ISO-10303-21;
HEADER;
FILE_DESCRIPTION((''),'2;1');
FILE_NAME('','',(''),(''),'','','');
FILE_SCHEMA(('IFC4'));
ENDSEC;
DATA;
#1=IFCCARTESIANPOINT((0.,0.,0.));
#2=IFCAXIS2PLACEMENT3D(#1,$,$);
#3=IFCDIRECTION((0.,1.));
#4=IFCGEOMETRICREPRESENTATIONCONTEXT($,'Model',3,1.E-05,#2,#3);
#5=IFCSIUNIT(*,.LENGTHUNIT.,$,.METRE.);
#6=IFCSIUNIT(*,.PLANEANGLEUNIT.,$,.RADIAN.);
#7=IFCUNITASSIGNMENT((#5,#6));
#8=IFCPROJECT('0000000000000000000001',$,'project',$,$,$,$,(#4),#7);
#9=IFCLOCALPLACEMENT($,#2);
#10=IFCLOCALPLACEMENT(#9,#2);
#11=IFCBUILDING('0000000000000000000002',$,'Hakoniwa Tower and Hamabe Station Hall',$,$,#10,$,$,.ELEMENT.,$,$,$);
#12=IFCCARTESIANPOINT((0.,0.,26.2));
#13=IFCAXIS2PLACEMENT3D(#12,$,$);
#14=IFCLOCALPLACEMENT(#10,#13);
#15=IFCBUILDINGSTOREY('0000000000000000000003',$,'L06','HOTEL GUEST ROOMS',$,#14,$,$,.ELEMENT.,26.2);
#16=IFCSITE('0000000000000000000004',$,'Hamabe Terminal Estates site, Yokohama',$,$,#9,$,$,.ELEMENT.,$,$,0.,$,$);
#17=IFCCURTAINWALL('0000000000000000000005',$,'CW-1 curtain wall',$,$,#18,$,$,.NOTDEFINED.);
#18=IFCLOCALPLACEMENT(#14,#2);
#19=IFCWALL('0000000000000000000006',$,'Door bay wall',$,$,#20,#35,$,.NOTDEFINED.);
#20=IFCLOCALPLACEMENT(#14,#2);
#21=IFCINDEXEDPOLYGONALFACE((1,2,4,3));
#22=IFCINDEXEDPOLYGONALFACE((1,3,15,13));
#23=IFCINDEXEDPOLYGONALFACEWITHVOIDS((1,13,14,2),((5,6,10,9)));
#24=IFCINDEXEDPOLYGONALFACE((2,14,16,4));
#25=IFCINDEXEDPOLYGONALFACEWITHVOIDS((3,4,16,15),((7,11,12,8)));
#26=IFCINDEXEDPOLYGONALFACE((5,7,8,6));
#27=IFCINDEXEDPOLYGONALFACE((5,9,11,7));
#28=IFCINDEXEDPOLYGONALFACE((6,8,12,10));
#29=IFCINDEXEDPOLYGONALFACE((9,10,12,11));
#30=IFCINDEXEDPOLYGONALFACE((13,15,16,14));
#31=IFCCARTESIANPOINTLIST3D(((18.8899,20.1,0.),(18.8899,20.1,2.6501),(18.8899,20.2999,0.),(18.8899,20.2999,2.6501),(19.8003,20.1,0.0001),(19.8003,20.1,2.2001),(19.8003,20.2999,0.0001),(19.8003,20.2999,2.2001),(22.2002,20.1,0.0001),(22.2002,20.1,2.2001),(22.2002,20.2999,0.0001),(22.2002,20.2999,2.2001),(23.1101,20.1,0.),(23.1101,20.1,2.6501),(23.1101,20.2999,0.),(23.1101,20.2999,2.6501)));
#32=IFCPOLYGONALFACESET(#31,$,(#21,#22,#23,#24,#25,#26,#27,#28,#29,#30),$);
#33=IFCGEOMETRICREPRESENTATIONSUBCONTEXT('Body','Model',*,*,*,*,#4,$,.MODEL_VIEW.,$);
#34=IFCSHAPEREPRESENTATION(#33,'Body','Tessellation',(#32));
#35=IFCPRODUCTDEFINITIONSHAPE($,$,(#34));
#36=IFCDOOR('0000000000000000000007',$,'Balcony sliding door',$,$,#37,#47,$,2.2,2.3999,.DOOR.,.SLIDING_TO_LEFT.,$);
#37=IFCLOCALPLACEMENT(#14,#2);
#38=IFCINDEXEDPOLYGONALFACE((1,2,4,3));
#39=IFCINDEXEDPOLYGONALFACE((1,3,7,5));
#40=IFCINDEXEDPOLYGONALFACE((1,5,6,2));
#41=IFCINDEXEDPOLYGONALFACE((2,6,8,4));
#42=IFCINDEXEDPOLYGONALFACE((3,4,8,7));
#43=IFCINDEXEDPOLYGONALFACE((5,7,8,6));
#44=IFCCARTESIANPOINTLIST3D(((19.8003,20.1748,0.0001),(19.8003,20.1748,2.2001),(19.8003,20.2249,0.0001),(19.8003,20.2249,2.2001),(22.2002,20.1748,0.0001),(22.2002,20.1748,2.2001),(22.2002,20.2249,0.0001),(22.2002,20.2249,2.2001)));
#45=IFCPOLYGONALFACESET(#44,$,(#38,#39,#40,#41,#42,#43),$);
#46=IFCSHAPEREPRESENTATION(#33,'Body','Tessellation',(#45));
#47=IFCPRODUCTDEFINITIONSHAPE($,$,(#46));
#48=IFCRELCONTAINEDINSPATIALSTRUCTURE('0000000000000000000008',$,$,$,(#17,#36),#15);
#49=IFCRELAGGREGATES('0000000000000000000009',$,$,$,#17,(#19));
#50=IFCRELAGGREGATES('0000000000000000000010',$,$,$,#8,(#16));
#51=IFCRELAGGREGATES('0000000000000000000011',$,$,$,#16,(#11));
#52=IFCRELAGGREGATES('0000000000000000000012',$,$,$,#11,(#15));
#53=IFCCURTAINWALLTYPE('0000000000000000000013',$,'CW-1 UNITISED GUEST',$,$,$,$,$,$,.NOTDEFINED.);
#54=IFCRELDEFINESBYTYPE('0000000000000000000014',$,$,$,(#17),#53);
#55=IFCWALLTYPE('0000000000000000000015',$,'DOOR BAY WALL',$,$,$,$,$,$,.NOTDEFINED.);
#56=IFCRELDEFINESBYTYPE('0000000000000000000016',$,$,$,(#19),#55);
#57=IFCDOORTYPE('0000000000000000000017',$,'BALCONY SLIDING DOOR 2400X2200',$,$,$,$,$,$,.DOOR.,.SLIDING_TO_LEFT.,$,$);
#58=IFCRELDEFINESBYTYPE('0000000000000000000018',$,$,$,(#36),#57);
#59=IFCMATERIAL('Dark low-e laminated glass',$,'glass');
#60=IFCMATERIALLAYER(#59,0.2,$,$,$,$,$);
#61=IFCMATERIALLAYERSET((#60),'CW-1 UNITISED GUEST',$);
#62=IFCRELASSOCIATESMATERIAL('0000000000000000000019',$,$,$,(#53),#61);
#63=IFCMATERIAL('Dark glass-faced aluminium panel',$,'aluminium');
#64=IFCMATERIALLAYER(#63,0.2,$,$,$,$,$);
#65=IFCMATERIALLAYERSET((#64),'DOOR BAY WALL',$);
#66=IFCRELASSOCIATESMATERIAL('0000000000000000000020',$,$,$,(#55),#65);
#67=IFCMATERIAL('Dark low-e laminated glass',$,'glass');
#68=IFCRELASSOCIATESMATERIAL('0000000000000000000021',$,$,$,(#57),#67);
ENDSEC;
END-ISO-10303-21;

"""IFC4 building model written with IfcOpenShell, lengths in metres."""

from ifc_helpers import new_model, si_unit, direction, frame, frame_2d, origin, place, context, subcontext, project, spatial, rectangle, extrude, material, layer, layer_set, type_object, element, fill, aggregate, save


model = new_model("IFC4")

# Units and contexts
model_context = context("Model", 3, precision=1e-05, world=origin(), true_north=direction((0.0, 1.0)))
body_context = subcontext(model_context, "Body", "Model", "MODEL_VIEW")
ifc_project = project(units=[si_unit("LENGTHUNIT", "METRE"), si_unit("PLANEANGLEUNIT", "RADIAN")], contexts=[model_context])

# Site, building, storey
site_placement = place(None, origin())
site = spatial("IfcSite", under=ifc_project, at=site_placement, Name="Hamabe Terminal Estates site, Yokohama", CompositionType="ELEMENT", RefElevation=0.0)
building_placement = place(site_placement, origin())
building = spatial("IfcBuilding", under=site, at=building_placement, Name="Hakoniwa Tower and Hamabe Station Hall", CompositionType="ELEMENT")
storey_placement = place(building_placement, frame((0.0, 0.0, 26.2)))
storey = spatial("IfcBuildingStorey", under=building, at=storey_placement, Name="L06", Description="HOTEL GUEST ROOMS", CompositionType="ELEMENT", Elevation=26.2)

# Curtain wall
ifc_material_1 = material(Name="Dark low-e laminated glass", Category="glass")
ifc_layer_1 = layer(ifc_material_1, 0.2)
ifc_layer_set_1 = layer_set([ifc_layer_1], Name="CW-1 UNITISED GUEST")
curtain_wall_type = type_object("IfcCurtainWallType", Name="CW-1 UNITISED GUEST", PredefinedType="NOTDEFINED", material=ifc_layer_set_1)
curtain_wall_placement = place(storey_placement, origin())
curtain_wall = element("IfcCurtainWall", 1, at=curtain_wall_placement, inside=storey, type_object=curtain_wall_type, Name="CW-1 curtain wall", PredefinedType="NOTDEFINED")

# Wall, opening, door
ifc_material_2 = material(Name="Dark glass-faced aluminium panel", Category="aluminium")
ifc_layer_2 = layer(ifc_material_2, 0.2)
ifc_layer_set_2 = layer_set([ifc_layer_2], Name="DOOR BAY WALL")
wall_type_1 = type_object("IfcWallType", Name="DOOR BAY WALL", PredefinedType="NOTDEFINED", material=ifc_layer_set_2)
wall_1_placement = place(storey_placement, frame((23.1101, 20.2, 0.0), z_axis=(0.0, 0.0, 1.0), x_axis=(-1.0, 0.0, 0.0)))
wall_1 = element("IfcWall", 2, at=wall_1_placement, type_object=wall_type_1, Name="Door bay wall", PredefinedType="NOTDEFINED", context=body_context, shape_type="SweptSolid", body=[
    extrude(rectangle(XDim=4.2202, YDim=0.2, at=frame_2d((2.1101, 0.0))), origin(), (0.0, 0.0, 1.0), 2.6501),
])
opening_1_placement = place(wall_1_placement, frame((0.9099, 0.0, 0.0)))
opening_1 = element("IfcOpeningElement", 3, at=opening_1_placement, cuts=wall_1, PredefinedType="OPENING", context=body_context, shape_type="SweptSolid", body=[
    extrude(rectangle(XDim=2.3999, YDim=2.2, at=frame_2d((1.2, 1.1001))), frame((0.0, 0.1099, 0.0), z_axis=(0.0, -1.0, 0.0), x_axis=(1.0, 0.0, 0.0)), (0.0, 0.0, 1.0), 0.22),
])
ifc_material_3 = material(Name="Dark low-e laminated glass", Category="glass")
door_type_1 = type_object("IfcDoorType", Name="BALCONY SLIDING DOOR 2400X2200", OperationType="SLIDING_TO_LEFT", PredefinedType="DOOR", material=ifc_material_3)
door_1_placement = place(opening_1_placement, frame((2.3999, 0.0, 0.0), z_axis=(0.0, 0.0, 1.0), x_axis=(-1.0, 0.0, 0.0)))
door_1 = element("IfcDoor", 4, at=door_1_placement, inside=storey, type_object=door_type_1, Name="Balcony sliding door", OperationType="SLIDING_TO_LEFT", OverallHeight=2.2, OverallWidth=2.3999, PredefinedType="DOOR", context=body_context, shape_type="SweptSolid", body=[
    extrude(rectangle(XDim=2.3999, YDim=2.2, at=frame_2d((1.2, 1.1001))), frame((0.0, 0.0249, 0.0), z_axis=(0.0, -1.0, 0.0), x_axis=(1.0, 0.0, 0.0)), (0.0, 0.0, 1.0), 0.05),
])
fill(opening_1, door_1)
aggregate(curtain_wall, [wall_1])

save(model, "model.ifc")
